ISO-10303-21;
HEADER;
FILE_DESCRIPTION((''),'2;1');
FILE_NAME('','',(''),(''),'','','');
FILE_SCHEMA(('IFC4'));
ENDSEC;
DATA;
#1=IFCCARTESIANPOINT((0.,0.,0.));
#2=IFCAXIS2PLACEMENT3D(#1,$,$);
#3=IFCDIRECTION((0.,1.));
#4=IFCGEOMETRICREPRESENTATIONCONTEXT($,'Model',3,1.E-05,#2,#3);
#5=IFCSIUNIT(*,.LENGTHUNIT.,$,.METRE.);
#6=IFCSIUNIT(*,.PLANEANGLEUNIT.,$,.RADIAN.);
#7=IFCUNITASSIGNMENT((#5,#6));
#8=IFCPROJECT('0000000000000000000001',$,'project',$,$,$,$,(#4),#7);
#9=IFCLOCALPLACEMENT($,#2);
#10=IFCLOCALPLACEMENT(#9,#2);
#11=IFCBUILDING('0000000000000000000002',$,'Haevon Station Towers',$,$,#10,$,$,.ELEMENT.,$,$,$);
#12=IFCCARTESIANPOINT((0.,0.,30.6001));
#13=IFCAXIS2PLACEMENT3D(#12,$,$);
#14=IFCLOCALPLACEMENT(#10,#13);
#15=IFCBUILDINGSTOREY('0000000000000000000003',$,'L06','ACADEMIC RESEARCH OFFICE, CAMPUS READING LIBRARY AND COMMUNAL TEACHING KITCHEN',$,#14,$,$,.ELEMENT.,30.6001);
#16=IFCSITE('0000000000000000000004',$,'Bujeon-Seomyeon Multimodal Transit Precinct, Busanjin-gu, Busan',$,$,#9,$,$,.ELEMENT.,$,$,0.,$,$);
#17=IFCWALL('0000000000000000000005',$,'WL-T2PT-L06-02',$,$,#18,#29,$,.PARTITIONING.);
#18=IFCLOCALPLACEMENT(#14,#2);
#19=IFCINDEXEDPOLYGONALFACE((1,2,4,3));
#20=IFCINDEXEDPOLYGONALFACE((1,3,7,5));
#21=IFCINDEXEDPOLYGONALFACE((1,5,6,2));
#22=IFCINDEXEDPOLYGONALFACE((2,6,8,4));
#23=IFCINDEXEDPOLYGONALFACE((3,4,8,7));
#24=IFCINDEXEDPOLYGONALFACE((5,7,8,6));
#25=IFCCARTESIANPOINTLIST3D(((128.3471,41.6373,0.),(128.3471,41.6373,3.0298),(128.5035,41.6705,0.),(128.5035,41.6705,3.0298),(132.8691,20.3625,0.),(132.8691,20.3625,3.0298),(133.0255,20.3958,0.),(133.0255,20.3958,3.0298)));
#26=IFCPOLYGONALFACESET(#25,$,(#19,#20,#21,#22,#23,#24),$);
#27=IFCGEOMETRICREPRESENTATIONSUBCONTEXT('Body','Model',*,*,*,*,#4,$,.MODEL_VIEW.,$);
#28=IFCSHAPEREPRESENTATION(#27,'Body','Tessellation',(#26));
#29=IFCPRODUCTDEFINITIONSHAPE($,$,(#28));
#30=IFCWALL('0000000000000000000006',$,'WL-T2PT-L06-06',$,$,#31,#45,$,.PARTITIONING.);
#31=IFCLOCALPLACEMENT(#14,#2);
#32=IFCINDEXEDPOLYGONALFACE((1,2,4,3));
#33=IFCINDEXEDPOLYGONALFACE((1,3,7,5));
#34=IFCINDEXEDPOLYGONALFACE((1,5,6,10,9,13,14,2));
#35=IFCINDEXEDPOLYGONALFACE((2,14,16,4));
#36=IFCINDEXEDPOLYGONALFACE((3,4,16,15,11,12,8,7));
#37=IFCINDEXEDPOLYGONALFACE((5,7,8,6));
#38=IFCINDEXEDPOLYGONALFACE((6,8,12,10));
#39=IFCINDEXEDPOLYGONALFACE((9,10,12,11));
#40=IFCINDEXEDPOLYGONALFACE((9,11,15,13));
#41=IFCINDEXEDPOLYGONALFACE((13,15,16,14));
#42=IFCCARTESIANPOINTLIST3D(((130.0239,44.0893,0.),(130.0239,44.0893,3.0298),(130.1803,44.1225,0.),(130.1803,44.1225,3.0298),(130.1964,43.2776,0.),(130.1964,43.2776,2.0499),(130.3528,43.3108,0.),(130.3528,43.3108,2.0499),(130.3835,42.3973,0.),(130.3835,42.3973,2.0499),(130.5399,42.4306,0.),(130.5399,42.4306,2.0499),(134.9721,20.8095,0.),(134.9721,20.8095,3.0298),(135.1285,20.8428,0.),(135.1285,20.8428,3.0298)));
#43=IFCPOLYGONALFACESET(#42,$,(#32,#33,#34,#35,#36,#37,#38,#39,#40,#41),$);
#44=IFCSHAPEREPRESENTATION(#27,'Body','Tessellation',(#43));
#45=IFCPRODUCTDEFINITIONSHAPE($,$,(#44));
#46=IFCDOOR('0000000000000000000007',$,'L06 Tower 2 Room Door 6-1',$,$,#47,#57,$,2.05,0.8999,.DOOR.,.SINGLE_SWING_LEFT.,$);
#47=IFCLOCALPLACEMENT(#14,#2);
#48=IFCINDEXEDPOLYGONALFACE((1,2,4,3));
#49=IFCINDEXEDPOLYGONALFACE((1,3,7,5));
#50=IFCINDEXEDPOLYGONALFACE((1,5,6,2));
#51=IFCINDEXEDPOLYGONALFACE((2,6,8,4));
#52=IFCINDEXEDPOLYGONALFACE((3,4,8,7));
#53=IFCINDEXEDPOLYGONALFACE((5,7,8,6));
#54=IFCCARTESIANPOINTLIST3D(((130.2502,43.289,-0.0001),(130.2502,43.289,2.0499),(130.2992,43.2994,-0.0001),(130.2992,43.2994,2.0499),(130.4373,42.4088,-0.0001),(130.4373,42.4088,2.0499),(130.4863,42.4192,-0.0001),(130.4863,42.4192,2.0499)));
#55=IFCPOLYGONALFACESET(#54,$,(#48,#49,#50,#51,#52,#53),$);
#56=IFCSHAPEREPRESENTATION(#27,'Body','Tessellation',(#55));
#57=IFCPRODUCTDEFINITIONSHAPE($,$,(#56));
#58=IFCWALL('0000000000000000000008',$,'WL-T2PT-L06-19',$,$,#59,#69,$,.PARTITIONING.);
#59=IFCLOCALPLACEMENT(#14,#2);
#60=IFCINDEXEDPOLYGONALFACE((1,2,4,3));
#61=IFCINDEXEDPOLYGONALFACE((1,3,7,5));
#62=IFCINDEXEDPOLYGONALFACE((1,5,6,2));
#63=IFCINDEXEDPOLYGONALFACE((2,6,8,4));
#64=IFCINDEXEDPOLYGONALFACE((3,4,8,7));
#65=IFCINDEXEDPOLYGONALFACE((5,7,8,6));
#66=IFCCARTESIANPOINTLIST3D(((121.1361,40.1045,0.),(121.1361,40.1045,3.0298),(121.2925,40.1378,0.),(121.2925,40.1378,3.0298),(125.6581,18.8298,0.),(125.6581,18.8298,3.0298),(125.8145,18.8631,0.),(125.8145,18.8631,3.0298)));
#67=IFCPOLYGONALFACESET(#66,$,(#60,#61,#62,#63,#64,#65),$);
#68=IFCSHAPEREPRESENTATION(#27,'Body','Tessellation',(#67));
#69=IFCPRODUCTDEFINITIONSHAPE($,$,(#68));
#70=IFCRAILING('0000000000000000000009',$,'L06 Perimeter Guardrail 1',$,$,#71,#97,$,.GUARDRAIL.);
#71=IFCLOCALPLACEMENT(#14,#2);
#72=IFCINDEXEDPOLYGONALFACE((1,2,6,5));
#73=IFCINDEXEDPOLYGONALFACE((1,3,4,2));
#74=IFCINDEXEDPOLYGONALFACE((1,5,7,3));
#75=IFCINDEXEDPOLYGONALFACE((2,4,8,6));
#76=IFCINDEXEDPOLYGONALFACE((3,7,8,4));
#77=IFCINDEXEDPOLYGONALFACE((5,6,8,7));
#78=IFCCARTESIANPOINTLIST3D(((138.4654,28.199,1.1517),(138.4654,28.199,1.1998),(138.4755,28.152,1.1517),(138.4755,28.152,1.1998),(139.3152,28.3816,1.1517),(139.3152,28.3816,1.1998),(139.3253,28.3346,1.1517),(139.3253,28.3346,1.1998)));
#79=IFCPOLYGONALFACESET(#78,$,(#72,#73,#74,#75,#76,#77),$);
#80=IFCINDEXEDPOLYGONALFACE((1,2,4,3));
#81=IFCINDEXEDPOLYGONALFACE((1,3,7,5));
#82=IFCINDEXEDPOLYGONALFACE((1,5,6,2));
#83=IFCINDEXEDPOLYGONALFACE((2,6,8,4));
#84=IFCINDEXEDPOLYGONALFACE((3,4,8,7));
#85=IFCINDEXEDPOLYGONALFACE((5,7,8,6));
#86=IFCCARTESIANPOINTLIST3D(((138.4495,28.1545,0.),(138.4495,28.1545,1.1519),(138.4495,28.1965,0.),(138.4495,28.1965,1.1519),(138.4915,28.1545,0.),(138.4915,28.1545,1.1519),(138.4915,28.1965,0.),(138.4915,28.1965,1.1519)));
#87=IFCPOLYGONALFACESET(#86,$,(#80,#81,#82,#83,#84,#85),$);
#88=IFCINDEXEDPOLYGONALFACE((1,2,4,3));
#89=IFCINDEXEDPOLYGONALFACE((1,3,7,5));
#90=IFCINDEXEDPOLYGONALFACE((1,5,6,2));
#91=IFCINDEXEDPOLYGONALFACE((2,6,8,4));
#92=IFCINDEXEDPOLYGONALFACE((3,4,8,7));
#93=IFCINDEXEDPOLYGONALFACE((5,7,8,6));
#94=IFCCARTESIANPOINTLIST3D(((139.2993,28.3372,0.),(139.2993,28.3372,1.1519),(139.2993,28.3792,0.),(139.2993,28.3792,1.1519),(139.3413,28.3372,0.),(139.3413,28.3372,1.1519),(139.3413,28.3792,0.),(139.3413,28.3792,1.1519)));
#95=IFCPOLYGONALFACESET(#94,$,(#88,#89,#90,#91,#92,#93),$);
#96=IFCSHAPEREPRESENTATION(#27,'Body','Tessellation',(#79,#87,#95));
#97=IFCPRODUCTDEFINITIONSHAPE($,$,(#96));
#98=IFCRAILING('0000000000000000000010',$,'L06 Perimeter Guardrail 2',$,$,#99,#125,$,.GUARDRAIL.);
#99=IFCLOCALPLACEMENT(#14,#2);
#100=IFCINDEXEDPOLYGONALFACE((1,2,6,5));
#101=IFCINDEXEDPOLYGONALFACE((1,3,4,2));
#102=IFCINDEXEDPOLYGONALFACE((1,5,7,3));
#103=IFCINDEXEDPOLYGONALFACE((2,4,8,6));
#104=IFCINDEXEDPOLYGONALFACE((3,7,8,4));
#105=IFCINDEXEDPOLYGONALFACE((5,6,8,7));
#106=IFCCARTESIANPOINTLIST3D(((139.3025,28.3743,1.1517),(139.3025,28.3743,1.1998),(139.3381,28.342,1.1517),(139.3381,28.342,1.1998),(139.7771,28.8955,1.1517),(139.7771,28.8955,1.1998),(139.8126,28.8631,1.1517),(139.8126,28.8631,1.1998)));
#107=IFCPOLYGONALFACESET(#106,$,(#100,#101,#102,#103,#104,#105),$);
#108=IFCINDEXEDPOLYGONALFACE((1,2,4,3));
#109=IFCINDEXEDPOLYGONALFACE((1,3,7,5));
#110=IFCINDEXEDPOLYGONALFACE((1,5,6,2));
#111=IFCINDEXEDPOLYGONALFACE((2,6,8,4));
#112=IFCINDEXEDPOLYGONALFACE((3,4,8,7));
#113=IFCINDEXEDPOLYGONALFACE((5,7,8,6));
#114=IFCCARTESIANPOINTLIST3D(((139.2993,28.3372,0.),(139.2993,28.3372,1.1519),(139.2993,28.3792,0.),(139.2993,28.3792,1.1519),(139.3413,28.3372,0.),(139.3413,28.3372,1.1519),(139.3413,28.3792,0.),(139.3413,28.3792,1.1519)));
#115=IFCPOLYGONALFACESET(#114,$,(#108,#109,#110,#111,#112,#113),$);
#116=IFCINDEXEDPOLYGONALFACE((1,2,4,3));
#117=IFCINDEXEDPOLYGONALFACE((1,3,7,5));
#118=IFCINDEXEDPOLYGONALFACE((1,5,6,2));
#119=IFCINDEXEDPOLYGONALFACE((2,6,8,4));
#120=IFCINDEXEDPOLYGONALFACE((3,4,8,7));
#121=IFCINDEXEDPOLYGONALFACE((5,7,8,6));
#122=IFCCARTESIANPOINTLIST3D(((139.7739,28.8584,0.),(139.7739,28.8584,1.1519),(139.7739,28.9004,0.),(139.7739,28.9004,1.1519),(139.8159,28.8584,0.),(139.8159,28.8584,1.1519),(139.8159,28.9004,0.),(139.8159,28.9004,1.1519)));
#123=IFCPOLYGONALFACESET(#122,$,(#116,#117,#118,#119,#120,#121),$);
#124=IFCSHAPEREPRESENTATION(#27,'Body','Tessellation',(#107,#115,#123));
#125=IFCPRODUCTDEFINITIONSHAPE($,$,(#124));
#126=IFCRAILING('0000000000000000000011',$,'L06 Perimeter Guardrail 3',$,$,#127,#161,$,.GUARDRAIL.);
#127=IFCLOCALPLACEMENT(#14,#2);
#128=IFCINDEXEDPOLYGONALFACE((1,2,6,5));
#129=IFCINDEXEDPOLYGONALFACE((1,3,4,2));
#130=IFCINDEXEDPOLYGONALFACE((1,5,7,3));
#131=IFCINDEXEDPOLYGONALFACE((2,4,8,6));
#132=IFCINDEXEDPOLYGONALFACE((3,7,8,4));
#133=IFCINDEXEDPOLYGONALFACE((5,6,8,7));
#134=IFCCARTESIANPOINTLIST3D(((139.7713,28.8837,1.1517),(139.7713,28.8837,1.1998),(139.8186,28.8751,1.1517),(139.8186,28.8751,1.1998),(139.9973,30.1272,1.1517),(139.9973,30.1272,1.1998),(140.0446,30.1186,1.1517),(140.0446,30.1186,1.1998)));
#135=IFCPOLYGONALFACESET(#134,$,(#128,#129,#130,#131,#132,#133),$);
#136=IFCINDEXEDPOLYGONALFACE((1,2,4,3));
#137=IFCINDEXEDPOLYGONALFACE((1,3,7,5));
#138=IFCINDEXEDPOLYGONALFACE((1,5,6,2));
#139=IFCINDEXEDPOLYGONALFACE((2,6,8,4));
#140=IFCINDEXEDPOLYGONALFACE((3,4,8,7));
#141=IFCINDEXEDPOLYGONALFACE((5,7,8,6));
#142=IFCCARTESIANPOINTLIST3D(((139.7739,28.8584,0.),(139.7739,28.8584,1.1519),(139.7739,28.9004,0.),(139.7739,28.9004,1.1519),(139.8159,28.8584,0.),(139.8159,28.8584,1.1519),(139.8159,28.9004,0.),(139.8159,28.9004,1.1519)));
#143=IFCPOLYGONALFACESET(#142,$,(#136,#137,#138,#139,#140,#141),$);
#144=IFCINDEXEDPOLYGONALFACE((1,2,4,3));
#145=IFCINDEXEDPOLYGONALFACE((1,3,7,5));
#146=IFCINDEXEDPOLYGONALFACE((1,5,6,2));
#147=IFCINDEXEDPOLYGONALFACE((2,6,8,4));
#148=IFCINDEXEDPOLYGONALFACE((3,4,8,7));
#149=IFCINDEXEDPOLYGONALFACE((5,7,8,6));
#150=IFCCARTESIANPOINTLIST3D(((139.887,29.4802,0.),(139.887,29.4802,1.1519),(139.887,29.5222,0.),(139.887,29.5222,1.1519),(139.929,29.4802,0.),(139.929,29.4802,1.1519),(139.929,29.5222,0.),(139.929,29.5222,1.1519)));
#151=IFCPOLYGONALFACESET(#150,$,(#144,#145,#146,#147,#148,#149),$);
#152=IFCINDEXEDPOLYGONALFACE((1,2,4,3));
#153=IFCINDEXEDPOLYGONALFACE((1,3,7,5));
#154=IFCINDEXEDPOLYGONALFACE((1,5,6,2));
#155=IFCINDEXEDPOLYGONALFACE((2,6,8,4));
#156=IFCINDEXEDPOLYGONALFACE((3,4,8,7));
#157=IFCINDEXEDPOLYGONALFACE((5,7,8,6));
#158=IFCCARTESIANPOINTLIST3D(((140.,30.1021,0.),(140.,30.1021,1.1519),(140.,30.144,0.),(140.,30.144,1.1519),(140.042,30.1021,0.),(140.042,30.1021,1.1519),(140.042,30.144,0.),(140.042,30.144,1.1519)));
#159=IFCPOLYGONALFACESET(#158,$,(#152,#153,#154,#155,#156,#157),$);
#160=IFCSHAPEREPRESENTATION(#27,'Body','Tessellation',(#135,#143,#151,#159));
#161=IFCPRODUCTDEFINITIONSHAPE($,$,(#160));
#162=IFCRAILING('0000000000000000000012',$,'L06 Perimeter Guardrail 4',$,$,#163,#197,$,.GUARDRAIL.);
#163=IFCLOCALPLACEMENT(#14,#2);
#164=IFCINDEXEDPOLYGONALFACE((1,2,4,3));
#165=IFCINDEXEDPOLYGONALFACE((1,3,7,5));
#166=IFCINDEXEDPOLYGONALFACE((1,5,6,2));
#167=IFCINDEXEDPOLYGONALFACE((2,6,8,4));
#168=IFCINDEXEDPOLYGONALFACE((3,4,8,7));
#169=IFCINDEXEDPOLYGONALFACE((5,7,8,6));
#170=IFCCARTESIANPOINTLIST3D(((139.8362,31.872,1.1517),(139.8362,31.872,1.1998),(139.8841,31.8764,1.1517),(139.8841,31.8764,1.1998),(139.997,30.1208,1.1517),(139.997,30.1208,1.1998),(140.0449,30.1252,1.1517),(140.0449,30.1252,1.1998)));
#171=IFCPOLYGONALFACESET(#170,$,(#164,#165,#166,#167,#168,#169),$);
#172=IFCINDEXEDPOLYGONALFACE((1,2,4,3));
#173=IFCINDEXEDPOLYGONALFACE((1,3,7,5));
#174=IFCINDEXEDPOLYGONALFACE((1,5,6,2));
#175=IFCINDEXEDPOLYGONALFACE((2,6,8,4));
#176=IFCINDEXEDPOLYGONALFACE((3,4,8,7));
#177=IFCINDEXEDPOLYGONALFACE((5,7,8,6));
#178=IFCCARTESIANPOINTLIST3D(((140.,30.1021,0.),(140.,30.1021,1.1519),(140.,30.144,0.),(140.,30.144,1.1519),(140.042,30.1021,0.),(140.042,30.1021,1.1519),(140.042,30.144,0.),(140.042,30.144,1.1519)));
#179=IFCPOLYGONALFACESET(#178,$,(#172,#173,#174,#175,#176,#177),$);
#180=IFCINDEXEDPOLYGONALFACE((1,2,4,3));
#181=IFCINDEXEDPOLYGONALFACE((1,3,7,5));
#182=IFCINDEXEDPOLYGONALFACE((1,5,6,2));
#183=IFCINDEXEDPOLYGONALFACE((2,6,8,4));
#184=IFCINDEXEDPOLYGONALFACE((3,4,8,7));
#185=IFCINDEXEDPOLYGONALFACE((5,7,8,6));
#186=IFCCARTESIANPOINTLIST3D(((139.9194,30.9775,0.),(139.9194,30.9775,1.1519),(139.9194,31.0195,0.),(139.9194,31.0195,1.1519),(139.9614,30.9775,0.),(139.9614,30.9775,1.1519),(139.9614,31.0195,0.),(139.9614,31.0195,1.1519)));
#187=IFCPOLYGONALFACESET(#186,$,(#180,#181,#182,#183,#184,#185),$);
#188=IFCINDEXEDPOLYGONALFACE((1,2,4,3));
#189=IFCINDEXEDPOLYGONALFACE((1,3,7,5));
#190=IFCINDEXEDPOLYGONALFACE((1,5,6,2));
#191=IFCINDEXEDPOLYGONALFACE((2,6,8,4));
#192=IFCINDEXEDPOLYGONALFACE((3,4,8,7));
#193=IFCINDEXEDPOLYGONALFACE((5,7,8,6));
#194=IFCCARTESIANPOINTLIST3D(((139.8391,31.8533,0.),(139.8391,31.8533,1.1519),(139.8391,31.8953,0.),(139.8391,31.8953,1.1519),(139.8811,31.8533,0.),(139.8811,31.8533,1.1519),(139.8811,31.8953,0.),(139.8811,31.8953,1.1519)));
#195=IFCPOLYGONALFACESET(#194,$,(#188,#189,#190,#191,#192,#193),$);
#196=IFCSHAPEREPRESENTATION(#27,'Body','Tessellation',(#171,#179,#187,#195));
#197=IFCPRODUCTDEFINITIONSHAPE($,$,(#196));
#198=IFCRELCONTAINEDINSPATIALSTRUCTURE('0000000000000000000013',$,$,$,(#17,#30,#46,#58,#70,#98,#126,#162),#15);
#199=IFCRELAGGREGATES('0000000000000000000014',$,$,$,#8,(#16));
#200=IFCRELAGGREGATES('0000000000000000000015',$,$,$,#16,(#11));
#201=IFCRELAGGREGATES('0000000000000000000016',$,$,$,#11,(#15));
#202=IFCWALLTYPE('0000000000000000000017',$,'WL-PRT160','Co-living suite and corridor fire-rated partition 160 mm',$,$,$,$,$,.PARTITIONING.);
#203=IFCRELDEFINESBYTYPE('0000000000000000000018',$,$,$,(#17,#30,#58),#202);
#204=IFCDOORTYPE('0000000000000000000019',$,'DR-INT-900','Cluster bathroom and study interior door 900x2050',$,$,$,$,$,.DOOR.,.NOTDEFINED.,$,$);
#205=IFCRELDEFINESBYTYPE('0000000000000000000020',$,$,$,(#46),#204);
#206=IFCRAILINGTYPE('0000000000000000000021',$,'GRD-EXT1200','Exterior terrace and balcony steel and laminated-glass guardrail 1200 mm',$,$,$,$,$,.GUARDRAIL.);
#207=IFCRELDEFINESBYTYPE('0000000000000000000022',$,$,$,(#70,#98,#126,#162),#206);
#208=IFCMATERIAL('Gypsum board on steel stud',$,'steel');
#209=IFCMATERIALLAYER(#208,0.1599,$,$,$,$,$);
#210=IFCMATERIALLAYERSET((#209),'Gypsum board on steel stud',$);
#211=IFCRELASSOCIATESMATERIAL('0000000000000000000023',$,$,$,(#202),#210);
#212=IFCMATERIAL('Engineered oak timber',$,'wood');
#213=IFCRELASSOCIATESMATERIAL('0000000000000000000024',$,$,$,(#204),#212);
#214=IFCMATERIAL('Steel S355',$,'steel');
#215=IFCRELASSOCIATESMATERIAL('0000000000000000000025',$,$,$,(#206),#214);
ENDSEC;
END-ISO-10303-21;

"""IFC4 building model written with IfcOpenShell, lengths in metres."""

from ifc_helpers import new_model, si_unit, direction, frame, frame_2d, origin, origin_2d, place, context, subcontext, project, spatial, rectangle, extrude, material, layer, layer_set, type_object, element, fill, save


model = new_model("IFC4")

# Units and contexts
model_context = context("Model", 3, precision=1e-05, world=origin(), true_north=direction((0.0, 1.0)))
body_context = subcontext(model_context, "Body", "Model", "MODEL_VIEW")
ifc_project = project(units=[si_unit("LENGTHUNIT", "METRE"), si_unit("PLANEANGLEUNIT", "RADIAN")], contexts=[model_context])

# Site, building, storey
site_placement = place(None, origin())
site = spatial("IfcSite", under=ifc_project, at=site_placement, Name="Bujeon-Seomyeon Multimodal Transit Precinct, Busanjin-gu, Busan", CompositionType="ELEMENT", RefElevation=0.0)
building_placement = place(site_placement, origin())
building = spatial("IfcBuilding", under=site, at=building_placement, Name="Haevon Station Towers", CompositionType="ELEMENT")
storey_placement = place(building_placement, frame((0.0, 0.0, 30.6001)))
storey = spatial("IfcBuildingStorey", under=building, at=storey_placement, Name="L06", Description="ACADEMIC RESEARCH OFFICE, CAMPUS READING LIBRARY AND COMMUNAL TEACHING KITCHEN", CompositionType="ELEMENT", Elevation=30.6001)

# Shared definitions
ifc_material_1 = material(Name="Steel S355", Category="steel")

# Wall
ifc_material_2 = material(Name="Gypsum board on steel stud", Category="steel")
ifc_layer_1 = layer(ifc_material_2, 0.1599)
ifc_layer_set_1 = layer_set([ifc_layer_1], Name="Gypsum board on steel stud")
wall_type_1 = type_object("IfcWallType", Name="WL-PRT160", Description="Co-living suite and corridor fire-rated partition 160 mm", PredefinedType="PARTITIONING", material=ifc_layer_set_1)
wall_1_placement = place(storey_placement, frame((132.9473, 20.3792, 0.0), z_axis=(0.0, 0.0, 1.0), x_axis=(-0.207907, 0.978148, 0.0)))
element("IfcWall", 1, at=wall_1_placement, inside=storey, type_object=wall_type_1, Name="WL-T2PT-L06-02", PredefinedType="PARTITIONING", context=body_context, shape_type="SweptSolid", body=[
    extrude(rectangle(XDim=21.75, YDim=0.1599, at=frame_2d((10.875, 0.0))), origin(), (0.0, 0.0, 1.0), 3.0298),
])

# Wall, opening, door
wall_2_placement = place(storey_placement, frame((135.0503, 20.8262, 0.0), z_axis=(0.0, 0.0, 1.0), x_axis=(-0.207911, 0.978148, 0.0)))
wall_2 = element("IfcWall", 2, at=wall_2_placement, inside=storey, type_object=wall_type_1, Name="WL-T2PT-L06-06", PredefinedType="PARTITIONING", context=body_context, shape_type="SweptSolid", body=[
    extrude(rectangle(XDim=23.7998, YDim=0.1599, at=frame_2d((11.8999, 0.0))), origin(), (0.0, 0.0, 1.0), 3.0298),
])
opening_1_placement = place(wall_2_placement, frame((22.0701, 0.0, 0.0)))
opening_1 = element("IfcOpeningElement", 3, at=opening_1_placement, cuts=wall_2, PredefinedType="OPENING", context=body_context, shape_type="SweptSolid", body=[
    extrude(rectangle(XDim=0.8999, YDim=2.05, at=frame_2d((0.45, 1.0249))), frame((0.0, 0.0898, 0.0), z_axis=(0.0, -1.0, 0.0), x_axis=(1.0, 0.0, 0.0)), (0.0, 0.0, 1.0), 0.1799),
])
ifc_material_3 = material(Name="Engineered oak timber", Category="wood")
door_type = type_object("IfcDoorType", Name="DR-INT-900", Description="Cluster bathroom and study interior door 900x2050", OperationType="NOTDEFINED", PredefinedType="DOOR", material=ifc_material_3)
door_placement = place(opening_1_placement, origin())
door = element("IfcDoor", 4, at=door_placement, inside=storey, type_object=door_type, Name="L06 Tower 2 Room Door 6-1", OperationType="SINGLE_SWING_LEFT", OverallHeight=2.05, OverallWidth=0.8999, PredefinedType="DOOR", context=body_context, shape_type="SweptSolid", body=[
    extrude(rectangle(XDim=0.8999, YDim=2.05, at=frame_2d((0.45, 1.0249))), frame((0.0, 0.0249, 0.0), z_axis=(0.0, -1.0, 0.0), x_axis=(1.0, 0.0, 0.0)), (0.0, 0.0, 1.0), 0.05),
])
fill(opening_1, door)

# Wall
wall_3_placement = place(storey_placement, frame((125.7363, 18.8464, 0.0), z_axis=(0.0, 0.0, 1.0), x_axis=(-0.207907, 0.978148, 0.0)))
element("IfcWall", 5, at=wall_3_placement, inside=storey, type_object=wall_type_1, Name="WL-T2PT-L06-19", PredefinedType="PARTITIONING", context=body_context, shape_type="SweptSolid", body=[
    extrude(rectangle(XDim=21.75, YDim=0.1599, at=frame_2d((10.875, 0.0))), origin(), (0.0, 0.0, 1.0), 3.0298),
])

# Railings
railing_type = type_object("IfcRailingType", Name="GRD-EXT1200", Description="Exterior terrace and balcony steel and laminated-glass guardrail 1200 mm", PredefinedType="GUARDRAIL", material=ifc_material_1)
railing_1_placement = place(storey_placement, frame((138.4705, 28.1755, 0.0)))
element("IfcRailing", 6, at=railing_1_placement, inside=storey, type_object=railing_type, Name="L06 Perimeter Guardrail 1", PredefinedType="GUARDRAIL", context=body_context, shape_type="SweptSolid", body=[
    extrude(rectangle(XDim=0.0481, YDim=0.0481, at=origin_2d()), frame((0.0, 0.0, 1.1758), z_axis=(0.977683, 0.210085, 0.0), x_axis=(-0.210085, 0.977683, 0.0)), (0.0, 0.0, 1.0), 0.8691),
    extrude(rectangle(XDim=0.042, YDim=0.042, at=origin_2d()), origin(), (0.0, 0.0, 1.0), 1.1519),
    extrude(rectangle(XDim=0.042, YDim=0.042, at=origin_2d()), frame((0.8499, 0.1826, 0.0)), (0.0, 0.0, 1.0), 1.1519),
])
railing_2_placement = place(storey_placement, frame((139.3203, 28.3582, 0.0)))
element("IfcRailing", 7, at=railing_2_placement, inside=storey, type_object=railing_type, Name="L06 Perimeter Guardrail 2", PredefinedType="GUARDRAIL", context=body_context, shape_type="SweptSolid", body=[
    extrude(rectangle(XDim=0.0481, YDim=0.0481, at=origin_2d()), frame((0.0, 0.0, 1.1758), z_axis=(0.673259, 0.739407, 0.0), x_axis=(-0.739407, 0.673259, 0.0)), (0.0, 0.0, 1.0), 0.7048),
    extrude(rectangle(XDim=0.042, YDim=0.042, at=origin_2d()), origin(), (0.0, 0.0, 1.0), 1.1519),
    extrude(rectangle(XDim=0.042, YDim=0.042, at=origin_2d()), frame((0.4746, 0.5212, 0.0)), (0.0, 0.0, 1.0), 1.1519),
])
railing_3_placement = place(storey_placement, frame((139.7949, 28.8794, 0.0)))
element("IfcRailing", 8, at=railing_3_placement, inside=storey, type_object=railing_type, Name="L06 Perimeter Guardrail 3", PredefinedType="GUARDRAIL", context=body_context, shape_type="SweptSolid", body=[
    extrude(rectangle(XDim=0.0481, YDim=0.0481, at=origin_2d()), frame((0.0, 0.0, 1.1758), z_axis=(0.178851, 0.983876, 0.0), x_axis=(-0.983876, 0.178851, 0.0)), (0.0, 0.0, 1.0), 1.2639),
    extrude(rectangle(XDim=0.042, YDim=0.042, at=origin_2d()), origin(), (0.0, 0.0, 1.0), 1.1519),
    extrude(rectangle(XDim=0.042, YDim=0.042, at=origin_2d()), frame((0.113, 0.6218, 0.0)), (0.0, 0.0, 1.0), 1.1519),
    extrude(rectangle(XDim=0.042, YDim=0.042, at=origin_2d()), frame((0.2261, 1.2437, 0.0)), (0.0, 0.0, 1.0), 1.1519),
])
railing_4_placement = place(storey_placement, frame((140.021, 30.123, 0.0)))
element("IfcRailing", 9, at=railing_4_placement, inside=storey, type_object=railing_type, Name="L06 Perimeter Guardrail 4", PredefinedType="GUARDRAIL", context=body_context, shape_type="SweptSolid", body=[
    extrude(rectangle(XDim=0.0481, YDim=0.0481, at=origin_2d()), frame((0.0, 0.0, 1.1758), z_axis=(-0.091487, 0.995806, 0.0), x_axis=(-0.995806, -0.091487, 0.0)), (0.0, 0.0, 1.0), 1.7585),
    extrude(rectangle(XDim=0.042, YDim=0.042, at=origin_2d()), origin(), (0.0, 0.0, 1.0), 1.1519),
    extrude(rectangle(XDim=0.042, YDim=0.042, at=origin_2d()), frame((-0.0806, 0.8755, 0.0)), (0.0, 0.0, 1.0), 1.1519),
    extrude(rectangle(XDim=0.042, YDim=0.042, at=origin_2d()), frame((-0.1609, 1.7512, 0.0)), (0.0, 0.0, 1.0), 1.1519),
])

save(model, "model.ifc")
